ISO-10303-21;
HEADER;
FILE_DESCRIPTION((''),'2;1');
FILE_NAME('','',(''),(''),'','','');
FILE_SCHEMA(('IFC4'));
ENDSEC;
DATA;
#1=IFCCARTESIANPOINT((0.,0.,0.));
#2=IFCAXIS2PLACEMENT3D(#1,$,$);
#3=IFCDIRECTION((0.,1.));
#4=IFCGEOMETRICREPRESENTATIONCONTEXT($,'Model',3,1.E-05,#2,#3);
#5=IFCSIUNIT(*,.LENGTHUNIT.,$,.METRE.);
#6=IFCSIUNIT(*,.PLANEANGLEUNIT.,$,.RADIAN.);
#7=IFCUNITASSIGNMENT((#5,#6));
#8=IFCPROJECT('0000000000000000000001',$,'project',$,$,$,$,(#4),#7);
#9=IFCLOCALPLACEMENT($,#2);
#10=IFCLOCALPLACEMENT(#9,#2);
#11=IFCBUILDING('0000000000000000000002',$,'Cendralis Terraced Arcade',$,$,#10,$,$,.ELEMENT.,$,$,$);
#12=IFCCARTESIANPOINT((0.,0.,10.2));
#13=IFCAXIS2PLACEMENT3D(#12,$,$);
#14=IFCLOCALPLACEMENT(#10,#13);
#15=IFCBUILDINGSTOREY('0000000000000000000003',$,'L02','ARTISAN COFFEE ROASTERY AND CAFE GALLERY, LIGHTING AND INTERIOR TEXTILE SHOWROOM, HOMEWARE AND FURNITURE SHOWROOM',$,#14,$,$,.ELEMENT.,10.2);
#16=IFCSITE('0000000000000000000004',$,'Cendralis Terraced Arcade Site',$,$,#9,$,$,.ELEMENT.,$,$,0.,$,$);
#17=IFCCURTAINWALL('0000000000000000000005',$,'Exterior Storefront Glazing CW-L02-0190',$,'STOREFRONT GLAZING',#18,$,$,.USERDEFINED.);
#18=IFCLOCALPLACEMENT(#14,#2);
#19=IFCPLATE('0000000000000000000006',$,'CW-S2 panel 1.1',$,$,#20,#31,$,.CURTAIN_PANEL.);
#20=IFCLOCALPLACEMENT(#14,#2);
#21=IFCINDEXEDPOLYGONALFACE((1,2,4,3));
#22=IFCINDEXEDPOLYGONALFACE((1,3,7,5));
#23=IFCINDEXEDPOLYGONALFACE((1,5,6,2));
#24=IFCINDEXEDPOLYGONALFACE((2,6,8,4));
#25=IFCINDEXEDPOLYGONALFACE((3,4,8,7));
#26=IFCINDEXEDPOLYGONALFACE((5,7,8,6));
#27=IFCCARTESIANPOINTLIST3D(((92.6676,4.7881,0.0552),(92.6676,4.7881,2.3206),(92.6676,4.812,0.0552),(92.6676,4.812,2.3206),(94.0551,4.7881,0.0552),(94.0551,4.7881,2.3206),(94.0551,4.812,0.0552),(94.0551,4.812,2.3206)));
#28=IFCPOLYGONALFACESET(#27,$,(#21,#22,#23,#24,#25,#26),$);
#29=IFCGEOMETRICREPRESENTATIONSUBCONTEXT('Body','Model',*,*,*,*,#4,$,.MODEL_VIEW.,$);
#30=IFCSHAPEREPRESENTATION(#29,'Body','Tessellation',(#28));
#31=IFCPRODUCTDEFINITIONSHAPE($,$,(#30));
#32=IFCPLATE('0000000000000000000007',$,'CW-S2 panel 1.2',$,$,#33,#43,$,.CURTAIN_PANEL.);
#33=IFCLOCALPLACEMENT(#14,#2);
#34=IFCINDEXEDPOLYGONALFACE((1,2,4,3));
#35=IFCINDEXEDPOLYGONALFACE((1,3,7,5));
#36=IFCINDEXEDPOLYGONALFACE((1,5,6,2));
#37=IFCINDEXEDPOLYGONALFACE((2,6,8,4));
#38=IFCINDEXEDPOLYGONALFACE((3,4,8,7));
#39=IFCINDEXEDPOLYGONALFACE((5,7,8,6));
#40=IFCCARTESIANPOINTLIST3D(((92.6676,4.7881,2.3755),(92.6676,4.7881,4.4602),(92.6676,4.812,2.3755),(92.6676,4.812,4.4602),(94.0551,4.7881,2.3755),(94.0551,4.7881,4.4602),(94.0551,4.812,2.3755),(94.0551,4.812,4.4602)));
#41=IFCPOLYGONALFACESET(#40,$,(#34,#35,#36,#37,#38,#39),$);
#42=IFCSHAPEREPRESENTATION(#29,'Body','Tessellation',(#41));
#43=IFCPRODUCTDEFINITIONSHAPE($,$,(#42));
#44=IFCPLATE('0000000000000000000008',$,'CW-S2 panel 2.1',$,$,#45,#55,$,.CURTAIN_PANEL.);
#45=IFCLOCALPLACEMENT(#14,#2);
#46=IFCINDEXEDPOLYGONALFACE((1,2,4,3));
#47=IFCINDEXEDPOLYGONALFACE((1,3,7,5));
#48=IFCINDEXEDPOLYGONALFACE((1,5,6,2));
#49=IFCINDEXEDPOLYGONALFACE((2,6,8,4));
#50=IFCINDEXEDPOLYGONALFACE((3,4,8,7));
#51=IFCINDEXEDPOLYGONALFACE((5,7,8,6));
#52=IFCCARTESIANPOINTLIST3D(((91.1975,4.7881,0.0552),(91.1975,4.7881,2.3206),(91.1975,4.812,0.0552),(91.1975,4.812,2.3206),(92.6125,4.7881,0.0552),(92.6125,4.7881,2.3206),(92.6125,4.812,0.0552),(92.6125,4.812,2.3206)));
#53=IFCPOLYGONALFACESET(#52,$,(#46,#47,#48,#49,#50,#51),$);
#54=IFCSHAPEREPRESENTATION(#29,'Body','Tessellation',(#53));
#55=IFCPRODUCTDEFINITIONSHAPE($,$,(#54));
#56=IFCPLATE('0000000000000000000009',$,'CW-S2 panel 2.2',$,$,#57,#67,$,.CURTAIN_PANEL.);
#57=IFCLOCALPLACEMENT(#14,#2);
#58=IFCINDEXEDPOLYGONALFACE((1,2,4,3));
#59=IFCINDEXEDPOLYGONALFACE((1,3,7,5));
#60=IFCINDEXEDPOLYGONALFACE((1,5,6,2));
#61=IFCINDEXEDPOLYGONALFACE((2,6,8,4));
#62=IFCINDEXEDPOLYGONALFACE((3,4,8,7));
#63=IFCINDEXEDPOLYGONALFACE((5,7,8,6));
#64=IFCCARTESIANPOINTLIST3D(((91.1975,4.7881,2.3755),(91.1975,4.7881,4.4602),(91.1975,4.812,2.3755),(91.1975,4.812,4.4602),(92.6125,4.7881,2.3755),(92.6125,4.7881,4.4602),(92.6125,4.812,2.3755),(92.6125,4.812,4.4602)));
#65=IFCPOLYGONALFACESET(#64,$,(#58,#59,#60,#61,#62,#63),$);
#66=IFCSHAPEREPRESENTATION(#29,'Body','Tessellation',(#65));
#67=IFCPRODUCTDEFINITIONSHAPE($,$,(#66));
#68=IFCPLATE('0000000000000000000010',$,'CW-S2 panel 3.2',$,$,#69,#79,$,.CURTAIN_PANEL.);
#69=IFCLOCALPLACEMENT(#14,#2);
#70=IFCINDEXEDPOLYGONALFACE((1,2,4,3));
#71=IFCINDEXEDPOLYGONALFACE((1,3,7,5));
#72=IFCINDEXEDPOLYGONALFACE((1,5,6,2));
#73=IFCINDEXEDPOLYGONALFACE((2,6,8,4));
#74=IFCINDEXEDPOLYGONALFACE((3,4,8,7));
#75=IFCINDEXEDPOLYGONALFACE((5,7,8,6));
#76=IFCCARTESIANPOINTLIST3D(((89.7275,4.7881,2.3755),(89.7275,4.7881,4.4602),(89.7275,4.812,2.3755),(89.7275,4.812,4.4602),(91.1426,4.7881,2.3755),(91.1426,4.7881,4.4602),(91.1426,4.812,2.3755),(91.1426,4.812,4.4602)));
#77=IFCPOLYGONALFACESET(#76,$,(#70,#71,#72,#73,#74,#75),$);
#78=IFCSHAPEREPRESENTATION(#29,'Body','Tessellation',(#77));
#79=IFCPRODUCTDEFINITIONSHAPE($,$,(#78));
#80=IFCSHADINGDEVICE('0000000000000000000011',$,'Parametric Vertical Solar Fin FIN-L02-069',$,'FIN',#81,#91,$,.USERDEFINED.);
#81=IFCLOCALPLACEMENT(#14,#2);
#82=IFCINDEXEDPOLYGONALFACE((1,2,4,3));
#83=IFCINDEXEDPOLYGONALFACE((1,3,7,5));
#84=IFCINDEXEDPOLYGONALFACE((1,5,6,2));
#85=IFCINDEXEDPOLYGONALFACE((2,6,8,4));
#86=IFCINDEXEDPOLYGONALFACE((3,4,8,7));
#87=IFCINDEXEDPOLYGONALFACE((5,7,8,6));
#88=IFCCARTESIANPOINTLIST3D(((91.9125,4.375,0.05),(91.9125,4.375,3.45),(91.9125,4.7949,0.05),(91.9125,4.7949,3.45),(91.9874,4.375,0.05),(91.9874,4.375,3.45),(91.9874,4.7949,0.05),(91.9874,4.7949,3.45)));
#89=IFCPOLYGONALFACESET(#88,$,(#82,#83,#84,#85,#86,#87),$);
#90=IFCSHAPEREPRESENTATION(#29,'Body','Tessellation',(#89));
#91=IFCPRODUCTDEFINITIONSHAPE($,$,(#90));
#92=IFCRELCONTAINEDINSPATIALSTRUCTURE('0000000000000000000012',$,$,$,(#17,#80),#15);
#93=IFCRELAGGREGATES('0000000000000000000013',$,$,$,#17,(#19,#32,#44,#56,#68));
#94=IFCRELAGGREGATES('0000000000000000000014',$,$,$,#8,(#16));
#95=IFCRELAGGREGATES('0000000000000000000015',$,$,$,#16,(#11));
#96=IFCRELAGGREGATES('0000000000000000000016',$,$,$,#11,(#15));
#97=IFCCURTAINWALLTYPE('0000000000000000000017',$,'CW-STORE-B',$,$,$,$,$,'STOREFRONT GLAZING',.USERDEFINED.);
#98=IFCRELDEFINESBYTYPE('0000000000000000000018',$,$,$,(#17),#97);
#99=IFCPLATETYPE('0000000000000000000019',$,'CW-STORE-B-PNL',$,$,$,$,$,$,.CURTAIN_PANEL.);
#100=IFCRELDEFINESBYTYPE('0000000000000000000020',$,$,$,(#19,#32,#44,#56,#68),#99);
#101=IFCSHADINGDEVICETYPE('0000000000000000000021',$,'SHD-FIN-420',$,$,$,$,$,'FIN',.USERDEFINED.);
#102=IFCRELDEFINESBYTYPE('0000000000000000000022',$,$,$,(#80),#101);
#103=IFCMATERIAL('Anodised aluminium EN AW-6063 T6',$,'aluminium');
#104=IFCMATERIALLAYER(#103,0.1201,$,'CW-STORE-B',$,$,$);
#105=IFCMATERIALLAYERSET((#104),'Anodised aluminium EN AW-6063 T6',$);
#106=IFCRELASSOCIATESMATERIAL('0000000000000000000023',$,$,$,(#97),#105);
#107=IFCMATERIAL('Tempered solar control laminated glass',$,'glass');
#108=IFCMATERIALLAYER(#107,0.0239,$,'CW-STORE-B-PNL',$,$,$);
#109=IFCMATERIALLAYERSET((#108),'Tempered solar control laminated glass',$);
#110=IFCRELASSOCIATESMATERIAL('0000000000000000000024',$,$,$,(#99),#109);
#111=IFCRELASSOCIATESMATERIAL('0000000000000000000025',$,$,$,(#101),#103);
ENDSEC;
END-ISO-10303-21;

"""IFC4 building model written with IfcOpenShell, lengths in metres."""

from ifc_helpers import new_model, si_unit, direction, frame, origin, origin_2d, place, context, subcontext, project, spatial, rectangle, extrude, material, layer, layer_set, type_object, element, aggregate, save


model = new_model("IFC4")

# Units and contexts
model_context = context("Model", 3, precision=1e-05, world=origin(), true_north=direction((0.0, 1.0)))
body_context = subcontext(model_context, "Body", "Model", "MODEL_VIEW")
ifc_project = project(units=[si_unit("LENGTHUNIT", "METRE"), si_unit("PLANEANGLEUNIT", "RADIAN")], contexts=[model_context])

# Site, building, storey
site_placement = place(None, origin())
site = spatial("IfcSite", under=ifc_project, at=site_placement, Name="Cendralis Terraced Arcade Site", CompositionType="ELEMENT", RefElevation=0.0)
building_placement = place(site_placement, origin())
building = spatial("IfcBuilding", under=site, at=building_placement, Name="Cendralis Terraced Arcade", CompositionType="ELEMENT")
storey_placement = place(building_placement, frame((0.0, 0.0, 10.2)))
storey = spatial("IfcBuildingStorey", under=building, at=storey_placement, Name="L02", Description="ARTISAN COFFEE ROASTERY AND CAFE GALLERY, LIGHTING AND INTERIOR TEXTILE SHOWROOM, HOMEWARE AND FURNITURE SHOWROOM", CompositionType="ELEMENT", Elevation=10.2)

# Curtain wall, plates
ifc_material_1 = material(Name="Anodised aluminium EN AW-6063 T6", Category="aluminium")
ifc_layer_1 = layer(ifc_material_1, 0.1201, Name="CW-STORE-B")
ifc_layer_set_1 = layer_set([ifc_layer_1], Name="Anodised aluminium EN AW-6063 T6")
curtain_wall_type = type_object("IfcCurtainWallType", Name="CW-STORE-B", ElementType="STOREFRONT GLAZING", PredefinedType="USERDEFINED", material=ifc_layer_set_1)
curtain_wall_placement = place(storey_placement, origin())
curtain_wall = element("IfcCurtainWall", 1, at=curtain_wall_placement, inside=storey, type_object=curtain_wall_type, Name="Exterior Storefront Glazing CW-L02-0190", ObjectType="STOREFRONT GLAZING", PredefinedType="USERDEFINED")
ifc_material_2 = material(Name="Tempered solar control laminated glass", Category="glass")
ifc_layer_2 = layer(ifc_material_2, 0.0239, Name="CW-STORE-B-PNL")
ifc_layer_set_2 = layer_set([ifc_layer_2], Name="Tempered solar control laminated glass")
plate_type = type_object("IfcPlateType", Name="CW-STORE-B-PNL", PredefinedType="CURTAIN_PANEL", material=ifc_layer_set_2)
plate_1_placement = place(storey_placement, frame((93.3613, 4.8, 0.0552), z_axis=(0.0, 0.0, 1.0), x_axis=(-1.0, 0.0, 0.0)))
plate_1 = element("IfcPlate", 2, at=plate_1_placement, type_object=plate_type, Name="CW-S2 panel 1.1", PredefinedType="CURTAIN_PANEL", context=body_context, shape_type="SweptSolid", body=[
    extrude(rectangle(XDim=1.3875, YDim=0.0239, at=origin_2d()), origin(), (0.0, 0.0, 1.0), 2.2654),
])
plate_2_placement = place(storey_placement, frame((93.3613, 4.8, 2.3755), z_axis=(0.0, 0.0, 1.0), x_axis=(-1.0, 0.0, 0.0)))
plate_2 = element("IfcPlate", 3, at=plate_2_placement, type_object=plate_type, Name="CW-S2 panel 1.2", PredefinedType="CURTAIN_PANEL", context=body_context, shape_type="SweptSolid", body=[
    extrude(rectangle(XDim=1.3875, YDim=0.0239, at=origin_2d()), origin(), (0.0, 0.0, 1.0), 2.0847),
])
plate_3_placement = place(storey_placement, frame((91.905, 4.8, 0.0552), z_axis=(0.0, 0.0, 1.0), x_axis=(-1.0, 0.0, 0.0)))
plate_3 = element("IfcPlate", 4, at=plate_3_placement, type_object=plate_type, Name="CW-S2 panel 2.1", PredefinedType="CURTAIN_PANEL", context=body_context, shape_type="SweptSolid", body=[
    extrude(rectangle(XDim=1.415, YDim=0.0239, at=origin_2d()), origin(), (0.0, 0.0, 1.0), 2.2654),
])
plate_4_placement = place(storey_placement, frame((91.905, 4.8, 2.3755), z_axis=(0.0, 0.0, 1.0), x_axis=(-1.0, 0.0, 0.0)))
plate_4 = element("IfcPlate", 5, at=plate_4_placement, type_object=plate_type, Name="CW-S2 panel 2.2", PredefinedType="CURTAIN_PANEL", context=body_context, shape_type="SweptSolid", body=[
    extrude(rectangle(XDim=1.415, YDim=0.0239, at=origin_2d()), origin(), (0.0, 0.0, 1.0), 2.0847),
])
plate_5_placement = place(storey_placement, frame((90.4351, 4.8, 2.3755), z_axis=(0.0, 0.0, 1.0), x_axis=(-1.0, 0.0, 0.0)))
plate_5 = element("IfcPlate", 6, at=plate_5_placement, type_object=plate_type, Name="CW-S2 panel 3.2", PredefinedType="CURTAIN_PANEL", context=body_context, shape_type="SweptSolid", body=[
    extrude(rectangle(XDim=1.415, YDim=0.0239, at=origin_2d()), origin(), (0.0, 0.0, 1.0), 2.0847),
])
aggregate(curtain_wall, [plate_1, plate_2, plate_3, plate_4, plate_5])

# Shading device
shading_device_type = type_object("IfcShadingDeviceType", Name="SHD-FIN-420", ElementType="FIN", PredefinedType="USERDEFINED", material=ifc_material_1)
shading_device_placement = place(storey_placement, frame((91.95, 4.585, 0.05), z_axis=(0.0, 0.0, 1.0), x_axis=(-1.0, 0.0, 0.0)))
element("IfcShadingDevice", 7, at=shading_device_placement, inside=storey, type_object=shading_device_type, Name="Parametric Vertical Solar Fin FIN-L02-069", ObjectType="FIN", PredefinedType="USERDEFINED", context=body_context, shape_type="SweptSolid", body=[
    extrude(rectangle(XDim=0.075, YDim=0.4199, at=origin_2d()), origin(), (0.0, 0.0, 1.0), 3.3999),
])

save(model, "model.ifc")
